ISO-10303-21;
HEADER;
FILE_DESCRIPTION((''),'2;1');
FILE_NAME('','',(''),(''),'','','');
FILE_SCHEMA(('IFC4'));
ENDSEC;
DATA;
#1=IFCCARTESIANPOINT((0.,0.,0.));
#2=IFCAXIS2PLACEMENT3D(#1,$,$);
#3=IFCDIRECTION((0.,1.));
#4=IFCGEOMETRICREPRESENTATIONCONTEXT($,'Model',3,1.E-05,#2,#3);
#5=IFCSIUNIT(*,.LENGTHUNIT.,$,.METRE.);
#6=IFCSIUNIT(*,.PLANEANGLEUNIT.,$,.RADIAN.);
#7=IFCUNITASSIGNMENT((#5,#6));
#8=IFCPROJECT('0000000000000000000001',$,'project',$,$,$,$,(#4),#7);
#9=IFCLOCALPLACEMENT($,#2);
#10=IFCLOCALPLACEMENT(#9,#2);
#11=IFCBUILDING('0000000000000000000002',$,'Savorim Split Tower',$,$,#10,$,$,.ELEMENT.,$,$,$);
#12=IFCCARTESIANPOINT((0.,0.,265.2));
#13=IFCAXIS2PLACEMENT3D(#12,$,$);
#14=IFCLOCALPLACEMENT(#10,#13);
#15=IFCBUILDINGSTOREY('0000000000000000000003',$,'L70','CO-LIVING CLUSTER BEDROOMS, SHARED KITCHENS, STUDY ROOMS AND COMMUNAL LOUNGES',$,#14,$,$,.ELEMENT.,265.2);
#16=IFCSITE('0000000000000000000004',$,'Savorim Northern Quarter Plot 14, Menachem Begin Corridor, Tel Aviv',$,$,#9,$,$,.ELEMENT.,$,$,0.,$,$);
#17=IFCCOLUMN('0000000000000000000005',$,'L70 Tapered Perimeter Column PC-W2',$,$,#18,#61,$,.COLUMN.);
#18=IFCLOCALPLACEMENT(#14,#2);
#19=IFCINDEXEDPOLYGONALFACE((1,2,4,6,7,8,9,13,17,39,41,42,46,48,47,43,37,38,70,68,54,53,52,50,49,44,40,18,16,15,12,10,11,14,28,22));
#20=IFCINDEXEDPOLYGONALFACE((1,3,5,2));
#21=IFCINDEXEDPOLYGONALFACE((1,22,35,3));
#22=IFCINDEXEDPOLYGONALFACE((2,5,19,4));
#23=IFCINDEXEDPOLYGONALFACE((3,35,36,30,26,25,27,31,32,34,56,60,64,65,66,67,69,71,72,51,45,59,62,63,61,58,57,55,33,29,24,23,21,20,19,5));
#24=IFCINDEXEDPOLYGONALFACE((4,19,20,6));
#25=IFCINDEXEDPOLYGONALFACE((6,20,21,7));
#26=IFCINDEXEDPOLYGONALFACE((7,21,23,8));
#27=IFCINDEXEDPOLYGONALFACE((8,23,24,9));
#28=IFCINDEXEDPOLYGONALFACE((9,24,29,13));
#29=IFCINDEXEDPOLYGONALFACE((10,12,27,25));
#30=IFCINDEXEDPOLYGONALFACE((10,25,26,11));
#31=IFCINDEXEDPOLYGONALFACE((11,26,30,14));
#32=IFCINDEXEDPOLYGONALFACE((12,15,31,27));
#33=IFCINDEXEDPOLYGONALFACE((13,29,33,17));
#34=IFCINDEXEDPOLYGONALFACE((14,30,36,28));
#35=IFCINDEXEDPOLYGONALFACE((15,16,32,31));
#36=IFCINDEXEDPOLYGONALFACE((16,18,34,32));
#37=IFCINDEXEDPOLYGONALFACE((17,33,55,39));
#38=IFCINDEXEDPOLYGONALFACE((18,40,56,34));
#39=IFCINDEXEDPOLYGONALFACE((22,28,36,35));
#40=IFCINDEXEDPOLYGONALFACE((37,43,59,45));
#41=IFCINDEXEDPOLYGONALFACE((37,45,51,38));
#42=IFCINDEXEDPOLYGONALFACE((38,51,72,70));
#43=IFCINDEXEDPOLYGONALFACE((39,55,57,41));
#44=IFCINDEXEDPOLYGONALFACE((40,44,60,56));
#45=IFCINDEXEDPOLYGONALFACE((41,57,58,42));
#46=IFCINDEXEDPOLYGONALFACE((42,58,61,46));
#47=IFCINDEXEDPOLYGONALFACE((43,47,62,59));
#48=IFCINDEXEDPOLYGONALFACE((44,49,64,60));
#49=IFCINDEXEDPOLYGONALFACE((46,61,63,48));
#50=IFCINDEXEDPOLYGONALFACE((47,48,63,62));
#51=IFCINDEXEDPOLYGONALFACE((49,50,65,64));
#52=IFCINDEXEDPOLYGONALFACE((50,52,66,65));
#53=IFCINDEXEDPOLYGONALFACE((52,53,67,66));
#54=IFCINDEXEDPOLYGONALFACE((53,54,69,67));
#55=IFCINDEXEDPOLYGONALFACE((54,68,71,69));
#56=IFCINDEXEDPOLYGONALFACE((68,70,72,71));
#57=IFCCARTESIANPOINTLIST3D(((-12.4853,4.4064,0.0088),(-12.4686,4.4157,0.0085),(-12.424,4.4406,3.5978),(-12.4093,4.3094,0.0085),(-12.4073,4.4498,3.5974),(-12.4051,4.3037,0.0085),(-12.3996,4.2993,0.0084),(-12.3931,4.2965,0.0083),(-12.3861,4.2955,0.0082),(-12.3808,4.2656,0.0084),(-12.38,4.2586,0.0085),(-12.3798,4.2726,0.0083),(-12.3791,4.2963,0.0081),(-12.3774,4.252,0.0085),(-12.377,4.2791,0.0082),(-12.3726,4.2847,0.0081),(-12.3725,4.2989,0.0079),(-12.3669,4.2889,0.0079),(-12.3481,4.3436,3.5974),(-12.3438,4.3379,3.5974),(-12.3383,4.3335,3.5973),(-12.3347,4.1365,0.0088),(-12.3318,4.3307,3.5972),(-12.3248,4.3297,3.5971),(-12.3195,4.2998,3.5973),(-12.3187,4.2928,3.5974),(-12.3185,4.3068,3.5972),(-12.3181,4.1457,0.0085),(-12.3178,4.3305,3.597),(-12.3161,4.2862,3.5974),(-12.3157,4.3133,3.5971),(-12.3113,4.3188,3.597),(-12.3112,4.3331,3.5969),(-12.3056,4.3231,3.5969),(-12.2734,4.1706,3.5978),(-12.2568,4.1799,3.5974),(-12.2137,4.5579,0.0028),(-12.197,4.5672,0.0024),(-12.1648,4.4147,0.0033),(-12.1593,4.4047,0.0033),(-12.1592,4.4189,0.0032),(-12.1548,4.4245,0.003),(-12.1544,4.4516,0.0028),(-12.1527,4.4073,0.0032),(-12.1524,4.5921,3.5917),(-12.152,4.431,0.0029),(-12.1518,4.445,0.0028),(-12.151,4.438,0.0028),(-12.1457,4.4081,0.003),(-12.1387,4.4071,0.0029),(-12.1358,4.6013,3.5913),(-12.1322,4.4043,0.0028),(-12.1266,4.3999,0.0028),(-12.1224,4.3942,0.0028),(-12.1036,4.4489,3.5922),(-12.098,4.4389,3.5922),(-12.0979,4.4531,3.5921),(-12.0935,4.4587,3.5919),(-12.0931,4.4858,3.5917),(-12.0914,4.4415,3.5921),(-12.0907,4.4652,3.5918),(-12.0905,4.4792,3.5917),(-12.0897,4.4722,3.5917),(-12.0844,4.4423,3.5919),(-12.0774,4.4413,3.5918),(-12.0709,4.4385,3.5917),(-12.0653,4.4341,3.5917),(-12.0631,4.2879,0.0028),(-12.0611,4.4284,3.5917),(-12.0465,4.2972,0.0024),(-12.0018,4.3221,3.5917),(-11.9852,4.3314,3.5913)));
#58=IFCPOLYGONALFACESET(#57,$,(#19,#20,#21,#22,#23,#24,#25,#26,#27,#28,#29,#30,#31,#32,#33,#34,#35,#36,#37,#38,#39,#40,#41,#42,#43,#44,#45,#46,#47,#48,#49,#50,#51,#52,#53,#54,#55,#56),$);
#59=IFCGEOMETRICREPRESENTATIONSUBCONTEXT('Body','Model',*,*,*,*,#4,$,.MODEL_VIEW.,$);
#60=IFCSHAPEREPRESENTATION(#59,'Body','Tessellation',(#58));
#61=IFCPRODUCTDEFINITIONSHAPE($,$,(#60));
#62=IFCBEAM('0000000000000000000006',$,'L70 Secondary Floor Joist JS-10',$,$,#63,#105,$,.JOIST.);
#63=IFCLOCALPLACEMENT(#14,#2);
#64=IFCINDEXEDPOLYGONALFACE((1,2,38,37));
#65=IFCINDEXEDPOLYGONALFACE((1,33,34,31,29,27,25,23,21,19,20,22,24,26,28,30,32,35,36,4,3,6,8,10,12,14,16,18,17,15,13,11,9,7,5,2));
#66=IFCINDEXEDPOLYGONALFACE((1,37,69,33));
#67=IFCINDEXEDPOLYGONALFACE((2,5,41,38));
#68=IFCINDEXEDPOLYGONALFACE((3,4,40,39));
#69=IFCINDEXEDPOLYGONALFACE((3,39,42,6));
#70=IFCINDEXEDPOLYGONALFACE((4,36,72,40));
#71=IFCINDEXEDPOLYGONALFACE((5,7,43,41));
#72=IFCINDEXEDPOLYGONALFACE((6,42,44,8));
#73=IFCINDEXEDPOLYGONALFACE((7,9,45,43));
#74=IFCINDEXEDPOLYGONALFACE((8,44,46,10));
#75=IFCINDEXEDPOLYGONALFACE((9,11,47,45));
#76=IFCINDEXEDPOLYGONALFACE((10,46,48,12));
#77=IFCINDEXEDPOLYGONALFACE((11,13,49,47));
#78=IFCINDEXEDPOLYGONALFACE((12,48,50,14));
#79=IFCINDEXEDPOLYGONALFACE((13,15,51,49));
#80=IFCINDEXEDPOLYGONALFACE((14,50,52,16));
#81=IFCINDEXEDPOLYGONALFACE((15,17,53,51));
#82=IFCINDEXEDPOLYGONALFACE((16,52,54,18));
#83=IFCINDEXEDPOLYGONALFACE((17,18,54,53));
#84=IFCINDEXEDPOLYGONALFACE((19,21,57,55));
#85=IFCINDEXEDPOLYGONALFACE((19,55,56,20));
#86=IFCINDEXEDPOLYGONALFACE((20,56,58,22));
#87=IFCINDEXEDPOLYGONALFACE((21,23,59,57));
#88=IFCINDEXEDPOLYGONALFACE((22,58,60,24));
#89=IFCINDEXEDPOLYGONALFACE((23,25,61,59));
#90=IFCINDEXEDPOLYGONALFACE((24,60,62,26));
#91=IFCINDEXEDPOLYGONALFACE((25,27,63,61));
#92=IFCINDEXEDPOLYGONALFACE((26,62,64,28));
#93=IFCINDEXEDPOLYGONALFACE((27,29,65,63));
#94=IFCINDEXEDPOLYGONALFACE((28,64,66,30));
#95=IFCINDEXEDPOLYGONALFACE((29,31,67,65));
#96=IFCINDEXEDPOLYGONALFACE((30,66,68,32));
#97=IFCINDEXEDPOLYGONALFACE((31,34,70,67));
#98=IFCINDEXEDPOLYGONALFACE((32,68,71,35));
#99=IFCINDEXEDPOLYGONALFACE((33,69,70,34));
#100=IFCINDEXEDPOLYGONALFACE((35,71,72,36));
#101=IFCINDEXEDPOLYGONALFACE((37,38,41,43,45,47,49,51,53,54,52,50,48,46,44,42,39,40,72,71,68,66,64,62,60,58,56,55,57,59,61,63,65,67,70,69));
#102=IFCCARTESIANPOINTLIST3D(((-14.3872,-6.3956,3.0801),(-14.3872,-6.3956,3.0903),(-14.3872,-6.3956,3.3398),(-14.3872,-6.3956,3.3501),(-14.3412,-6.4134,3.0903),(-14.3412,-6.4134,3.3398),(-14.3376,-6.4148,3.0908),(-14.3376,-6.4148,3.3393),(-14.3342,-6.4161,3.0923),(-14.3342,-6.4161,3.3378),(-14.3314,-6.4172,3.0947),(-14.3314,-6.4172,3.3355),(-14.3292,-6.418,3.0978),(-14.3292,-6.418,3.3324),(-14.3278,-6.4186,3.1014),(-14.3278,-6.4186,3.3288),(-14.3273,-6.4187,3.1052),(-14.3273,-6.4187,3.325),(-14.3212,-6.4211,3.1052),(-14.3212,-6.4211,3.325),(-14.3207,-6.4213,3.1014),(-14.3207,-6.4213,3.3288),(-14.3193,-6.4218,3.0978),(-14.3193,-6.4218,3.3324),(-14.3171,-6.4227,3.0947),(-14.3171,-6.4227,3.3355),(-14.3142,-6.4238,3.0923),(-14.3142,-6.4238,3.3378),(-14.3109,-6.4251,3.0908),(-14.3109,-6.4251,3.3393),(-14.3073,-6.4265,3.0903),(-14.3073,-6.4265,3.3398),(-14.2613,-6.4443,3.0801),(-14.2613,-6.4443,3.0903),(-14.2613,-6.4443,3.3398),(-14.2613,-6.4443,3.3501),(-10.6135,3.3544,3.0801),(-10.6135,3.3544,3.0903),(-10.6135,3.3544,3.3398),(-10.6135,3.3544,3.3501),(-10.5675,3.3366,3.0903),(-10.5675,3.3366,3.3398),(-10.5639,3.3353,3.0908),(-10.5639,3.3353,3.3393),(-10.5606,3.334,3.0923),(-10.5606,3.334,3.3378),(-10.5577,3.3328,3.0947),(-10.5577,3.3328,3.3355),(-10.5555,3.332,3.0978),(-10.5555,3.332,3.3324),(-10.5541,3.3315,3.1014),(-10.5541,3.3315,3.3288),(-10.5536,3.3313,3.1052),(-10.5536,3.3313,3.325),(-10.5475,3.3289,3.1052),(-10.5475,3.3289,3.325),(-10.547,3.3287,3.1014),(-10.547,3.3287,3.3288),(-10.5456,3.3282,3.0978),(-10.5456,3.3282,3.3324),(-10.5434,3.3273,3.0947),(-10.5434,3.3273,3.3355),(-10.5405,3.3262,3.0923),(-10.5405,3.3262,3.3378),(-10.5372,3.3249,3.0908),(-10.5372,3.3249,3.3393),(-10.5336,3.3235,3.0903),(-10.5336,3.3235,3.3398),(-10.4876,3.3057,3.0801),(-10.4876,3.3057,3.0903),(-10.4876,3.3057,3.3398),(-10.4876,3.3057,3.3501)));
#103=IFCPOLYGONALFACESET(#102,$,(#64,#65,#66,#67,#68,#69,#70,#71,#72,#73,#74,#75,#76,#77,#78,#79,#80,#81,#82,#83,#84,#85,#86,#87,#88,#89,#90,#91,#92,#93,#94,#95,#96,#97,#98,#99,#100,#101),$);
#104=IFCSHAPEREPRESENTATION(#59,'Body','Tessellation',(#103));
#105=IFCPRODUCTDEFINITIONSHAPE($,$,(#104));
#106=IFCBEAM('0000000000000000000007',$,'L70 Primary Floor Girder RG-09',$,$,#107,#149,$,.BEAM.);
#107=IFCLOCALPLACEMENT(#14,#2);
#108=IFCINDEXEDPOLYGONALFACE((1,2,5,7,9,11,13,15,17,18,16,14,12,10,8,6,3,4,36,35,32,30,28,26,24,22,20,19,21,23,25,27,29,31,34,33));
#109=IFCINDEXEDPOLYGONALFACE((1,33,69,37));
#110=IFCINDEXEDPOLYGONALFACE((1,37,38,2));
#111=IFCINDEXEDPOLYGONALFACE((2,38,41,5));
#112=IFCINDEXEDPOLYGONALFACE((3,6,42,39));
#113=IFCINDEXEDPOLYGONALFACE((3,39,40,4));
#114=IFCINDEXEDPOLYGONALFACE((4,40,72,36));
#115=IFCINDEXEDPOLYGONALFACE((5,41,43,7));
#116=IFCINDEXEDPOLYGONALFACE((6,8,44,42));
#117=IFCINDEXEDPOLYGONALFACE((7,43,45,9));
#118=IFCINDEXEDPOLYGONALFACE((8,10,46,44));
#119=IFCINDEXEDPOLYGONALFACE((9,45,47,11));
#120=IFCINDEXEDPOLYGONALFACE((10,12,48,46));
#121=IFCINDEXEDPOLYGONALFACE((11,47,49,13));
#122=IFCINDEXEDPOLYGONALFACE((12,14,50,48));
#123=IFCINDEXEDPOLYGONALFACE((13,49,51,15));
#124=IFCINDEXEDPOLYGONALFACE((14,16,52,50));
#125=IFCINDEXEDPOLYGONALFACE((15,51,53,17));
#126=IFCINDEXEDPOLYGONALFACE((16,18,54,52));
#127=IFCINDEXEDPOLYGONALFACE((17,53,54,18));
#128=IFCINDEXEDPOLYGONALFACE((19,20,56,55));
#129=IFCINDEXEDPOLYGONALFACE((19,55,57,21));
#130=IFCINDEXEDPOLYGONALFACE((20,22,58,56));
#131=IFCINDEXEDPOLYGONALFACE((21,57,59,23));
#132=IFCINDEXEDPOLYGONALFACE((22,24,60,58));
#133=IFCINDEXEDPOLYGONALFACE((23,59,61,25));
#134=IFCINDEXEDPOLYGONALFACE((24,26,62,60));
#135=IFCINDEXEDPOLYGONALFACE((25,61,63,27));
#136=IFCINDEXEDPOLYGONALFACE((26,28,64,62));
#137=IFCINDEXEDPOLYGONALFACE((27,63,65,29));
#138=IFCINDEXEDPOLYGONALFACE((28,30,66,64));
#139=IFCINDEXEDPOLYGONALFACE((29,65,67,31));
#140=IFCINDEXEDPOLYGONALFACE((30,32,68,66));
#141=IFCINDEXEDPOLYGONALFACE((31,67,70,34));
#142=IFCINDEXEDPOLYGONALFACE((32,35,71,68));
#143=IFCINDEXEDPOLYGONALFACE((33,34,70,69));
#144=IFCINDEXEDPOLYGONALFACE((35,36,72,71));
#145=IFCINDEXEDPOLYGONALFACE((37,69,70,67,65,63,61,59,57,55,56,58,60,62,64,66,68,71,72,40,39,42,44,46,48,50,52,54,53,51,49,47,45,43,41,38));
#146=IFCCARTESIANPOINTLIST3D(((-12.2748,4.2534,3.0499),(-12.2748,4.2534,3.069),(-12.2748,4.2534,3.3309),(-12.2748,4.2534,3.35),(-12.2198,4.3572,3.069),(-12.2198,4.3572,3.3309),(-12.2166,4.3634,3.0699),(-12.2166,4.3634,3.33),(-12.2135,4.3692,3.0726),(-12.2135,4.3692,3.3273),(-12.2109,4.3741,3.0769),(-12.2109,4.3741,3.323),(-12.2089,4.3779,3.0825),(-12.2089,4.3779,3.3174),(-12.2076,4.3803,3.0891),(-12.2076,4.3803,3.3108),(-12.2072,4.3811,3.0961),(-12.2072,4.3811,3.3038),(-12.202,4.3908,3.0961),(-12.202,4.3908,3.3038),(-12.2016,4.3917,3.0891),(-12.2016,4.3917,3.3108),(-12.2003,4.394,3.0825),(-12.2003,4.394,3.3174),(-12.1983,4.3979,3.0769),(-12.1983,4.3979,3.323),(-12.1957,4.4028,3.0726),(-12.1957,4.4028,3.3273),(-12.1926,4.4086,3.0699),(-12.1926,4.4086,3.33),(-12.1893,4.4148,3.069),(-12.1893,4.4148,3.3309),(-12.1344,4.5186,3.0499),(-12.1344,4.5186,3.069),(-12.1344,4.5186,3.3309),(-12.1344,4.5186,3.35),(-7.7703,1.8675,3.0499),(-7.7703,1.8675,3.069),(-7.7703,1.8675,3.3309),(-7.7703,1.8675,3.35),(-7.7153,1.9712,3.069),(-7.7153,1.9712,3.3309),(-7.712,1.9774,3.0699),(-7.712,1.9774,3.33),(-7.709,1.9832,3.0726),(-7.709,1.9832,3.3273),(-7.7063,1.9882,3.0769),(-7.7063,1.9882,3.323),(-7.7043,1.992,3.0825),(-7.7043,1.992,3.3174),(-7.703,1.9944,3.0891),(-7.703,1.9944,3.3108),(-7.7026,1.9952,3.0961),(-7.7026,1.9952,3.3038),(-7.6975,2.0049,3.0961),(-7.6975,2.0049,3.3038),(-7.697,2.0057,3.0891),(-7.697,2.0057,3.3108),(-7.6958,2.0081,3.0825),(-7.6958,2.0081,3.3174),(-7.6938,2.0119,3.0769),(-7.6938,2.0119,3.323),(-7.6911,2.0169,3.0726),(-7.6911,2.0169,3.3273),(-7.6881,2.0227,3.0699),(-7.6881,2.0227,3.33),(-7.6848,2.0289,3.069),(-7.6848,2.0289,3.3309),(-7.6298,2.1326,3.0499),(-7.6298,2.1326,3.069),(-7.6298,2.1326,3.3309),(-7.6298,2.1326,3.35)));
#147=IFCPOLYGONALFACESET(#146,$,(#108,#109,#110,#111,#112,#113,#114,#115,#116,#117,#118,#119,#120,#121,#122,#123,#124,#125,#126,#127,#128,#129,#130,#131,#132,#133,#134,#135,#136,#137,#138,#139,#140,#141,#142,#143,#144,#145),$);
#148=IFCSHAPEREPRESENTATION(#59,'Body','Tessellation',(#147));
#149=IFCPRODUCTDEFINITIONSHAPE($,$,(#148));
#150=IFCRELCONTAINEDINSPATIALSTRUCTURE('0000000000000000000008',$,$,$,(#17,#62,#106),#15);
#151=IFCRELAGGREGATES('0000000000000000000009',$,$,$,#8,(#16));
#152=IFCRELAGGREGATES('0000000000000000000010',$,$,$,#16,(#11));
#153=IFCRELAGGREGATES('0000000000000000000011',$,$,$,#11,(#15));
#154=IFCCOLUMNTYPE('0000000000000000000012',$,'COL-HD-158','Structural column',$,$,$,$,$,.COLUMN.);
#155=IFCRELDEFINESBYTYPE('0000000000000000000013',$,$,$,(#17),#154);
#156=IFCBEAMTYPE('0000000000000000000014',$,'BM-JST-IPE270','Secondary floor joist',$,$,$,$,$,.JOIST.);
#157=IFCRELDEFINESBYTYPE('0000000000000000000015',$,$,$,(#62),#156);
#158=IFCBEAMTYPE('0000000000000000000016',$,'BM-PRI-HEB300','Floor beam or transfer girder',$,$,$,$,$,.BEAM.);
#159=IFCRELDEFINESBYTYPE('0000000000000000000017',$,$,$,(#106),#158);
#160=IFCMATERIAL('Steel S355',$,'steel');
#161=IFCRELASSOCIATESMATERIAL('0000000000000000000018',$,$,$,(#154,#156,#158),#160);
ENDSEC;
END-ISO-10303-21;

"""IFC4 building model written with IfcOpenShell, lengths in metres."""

from ifc_helpers import new_model, si_unit, direction, frame, origin, origin_2d, place, context, subcontext, project, spatial, i_section, extrude, material, material_profile, profile_set, type_object, element, save


model = new_model("IFC4")

# Units and contexts
model_context = context("Model", 3, precision=1e-05, world=origin(), true_north=direction((0.0, 1.0)))
body_context = subcontext(model_context, "Body", "Model", "MODEL_VIEW")
ifc_project = project(units=[si_unit("LENGTHUNIT", "METRE"), si_unit("PLANEANGLEUNIT", "RADIAN")], contexts=[model_context])

# Site, building, storey
site_placement = place(None, origin())
site = spatial("IfcSite", under=ifc_project, at=site_placement, Name="Savorim Northern Quarter Plot 14, Menachem Begin Corridor, Tel Aviv", CompositionType="ELEMENT", RefElevation=0.0)
building_placement = place(site_placement, origin())
building = spatial("IfcBuilding", under=site, at=building_placement, Name="Savorim Split Tower", CompositionType="ELEMENT")
storey_placement = place(building_placement, frame((0.0, 0.0, 265.2)))
storey = spatial("IfcBuildingStorey", under=building, at=storey_placement, Name="L70", Description="CO-LIVING CLUSTER BEDROOMS, SHARED KITCHENS, STUDY ROOMS AND COMMUNAL LOUNGES", CompositionType="ELEMENT", Elevation=265.2)

# Column
ifc_material_1 = material(Name="Steel S355", Category="steel")
ifc_material_profile_1 = material_profile(ifc_material_1, i_section(OverallWidth=0.3091, OverallDepth=0.3301, WebThickness=0.0115, FlangeThickness=0.019, FilletRadius=0.0271, at=origin_2d()), Name="HD 320x158")
ifc_profile_set_1 = profile_set([ifc_material_profile_1], Name="Steel S355")
column_type = type_object("IfcColumnType", Name="COL-HD-158", Description="Structural column", PredefinedType="COLUMN", material=ifc_profile_set_1)
column_placement = place(storey_placement, frame((-12.2659, 4.3518, 0.0056), z_axis=(0.017072, 0.009522, 0.999809), x_axis=(-0.487119, 0.873335, 0.0)))
element("IfcColumn", 1, at=column_placement, inside=storey, type_object=column_type, Name="L70 Tapered Perimeter Column PC-W2", PredefinedType="COLUMN", context=body_context, shape_type="SweptSolid", body=[
    extrude(i_section(OverallWidth=0.3091, OverallDepth=0.3301, WebThickness=0.0115, FlangeThickness=0.019, FilletRadius=0.0271, at=origin_2d()), origin(), (0.0, 0.0, 1.0), 3.5896),
])

# Beams
ifc_material_profile_2 = material_profile(ifc_material_1, i_section(OverallWidth=0.135, OverallDepth=0.27, WebThickness=0.0066, FlangeThickness=0.0103, FilletRadius=0.0149, at=origin_2d()), Name="IPE 270")
ifc_profile_set_2 = profile_set([ifc_material_profile_2], Name="Steel S355")
beam_type_1 = type_object("IfcBeamType", Name="BM-JST-IPE270", Description="Secondary floor joist", PredefinedType="JOIST", material=ifc_profile_set_2)
beam_1_placement = place(storey_placement, frame((-10.5505, 3.3301, 3.2151), z_axis=(-0.360952, -0.932585, 0.0), x_axis=(0.932585, -0.360952, 0.0)))
element("IfcBeam", 2, at=beam_1_placement, inside=storey, type_object=beam_type_1, Name="L70 Secondary Floor Joist JS-10", PredefinedType="JOIST", context=body_context, shape_type="SweptSolid", body=[
    extrude(i_section(OverallWidth=0.135, OverallDepth=0.27, WebThickness=0.0066, FlangeThickness=0.0103, FilletRadius=0.0149, at=origin_2d()), origin(), (0.0, 0.0, 1.0), 10.4548),
])
ifc_material_profile_3 = material_profile(ifc_material_1, i_section(OverallWidth=0.3, OverallDepth=0.3, WebThickness=0.011, FlangeThickness=0.019, FilletRadius=0.0271, at=origin_2d()), Name="HEB 300")
ifc_profile_set_3 = profile_set([ifc_material_profile_3], Name="Steel S355")
beam_type_2 = type_object("IfcBeamType", Name="BM-PRI-HEB300", Description="Floor beam or transfer girder", PredefinedType="BEAM", material=ifc_profile_set_3)
beam_2_placement = place(storey_placement, frame((-12.2046, 4.386, 3.2), z_axis=(0.883692, -0.468068, 0.0), x_axis=(0.468068, 0.883692, 0.0)))
element("IfcBeam", 3, at=beam_2_placement, inside=storey, type_object=beam_type_2, Name="L70 Primary Floor Girder RG-09", PredefinedType="BEAM", context=body_context, shape_type="SweptSolid", body=[
    extrude(i_section(OverallWidth=0.3, OverallDepth=0.3, WebThickness=0.011, FlangeThickness=0.019, FilletRadius=0.0271, at=origin_2d()), origin(), (0.0, 0.0, 1.0), 5.0974),
])

save(model, "model.ifc")
